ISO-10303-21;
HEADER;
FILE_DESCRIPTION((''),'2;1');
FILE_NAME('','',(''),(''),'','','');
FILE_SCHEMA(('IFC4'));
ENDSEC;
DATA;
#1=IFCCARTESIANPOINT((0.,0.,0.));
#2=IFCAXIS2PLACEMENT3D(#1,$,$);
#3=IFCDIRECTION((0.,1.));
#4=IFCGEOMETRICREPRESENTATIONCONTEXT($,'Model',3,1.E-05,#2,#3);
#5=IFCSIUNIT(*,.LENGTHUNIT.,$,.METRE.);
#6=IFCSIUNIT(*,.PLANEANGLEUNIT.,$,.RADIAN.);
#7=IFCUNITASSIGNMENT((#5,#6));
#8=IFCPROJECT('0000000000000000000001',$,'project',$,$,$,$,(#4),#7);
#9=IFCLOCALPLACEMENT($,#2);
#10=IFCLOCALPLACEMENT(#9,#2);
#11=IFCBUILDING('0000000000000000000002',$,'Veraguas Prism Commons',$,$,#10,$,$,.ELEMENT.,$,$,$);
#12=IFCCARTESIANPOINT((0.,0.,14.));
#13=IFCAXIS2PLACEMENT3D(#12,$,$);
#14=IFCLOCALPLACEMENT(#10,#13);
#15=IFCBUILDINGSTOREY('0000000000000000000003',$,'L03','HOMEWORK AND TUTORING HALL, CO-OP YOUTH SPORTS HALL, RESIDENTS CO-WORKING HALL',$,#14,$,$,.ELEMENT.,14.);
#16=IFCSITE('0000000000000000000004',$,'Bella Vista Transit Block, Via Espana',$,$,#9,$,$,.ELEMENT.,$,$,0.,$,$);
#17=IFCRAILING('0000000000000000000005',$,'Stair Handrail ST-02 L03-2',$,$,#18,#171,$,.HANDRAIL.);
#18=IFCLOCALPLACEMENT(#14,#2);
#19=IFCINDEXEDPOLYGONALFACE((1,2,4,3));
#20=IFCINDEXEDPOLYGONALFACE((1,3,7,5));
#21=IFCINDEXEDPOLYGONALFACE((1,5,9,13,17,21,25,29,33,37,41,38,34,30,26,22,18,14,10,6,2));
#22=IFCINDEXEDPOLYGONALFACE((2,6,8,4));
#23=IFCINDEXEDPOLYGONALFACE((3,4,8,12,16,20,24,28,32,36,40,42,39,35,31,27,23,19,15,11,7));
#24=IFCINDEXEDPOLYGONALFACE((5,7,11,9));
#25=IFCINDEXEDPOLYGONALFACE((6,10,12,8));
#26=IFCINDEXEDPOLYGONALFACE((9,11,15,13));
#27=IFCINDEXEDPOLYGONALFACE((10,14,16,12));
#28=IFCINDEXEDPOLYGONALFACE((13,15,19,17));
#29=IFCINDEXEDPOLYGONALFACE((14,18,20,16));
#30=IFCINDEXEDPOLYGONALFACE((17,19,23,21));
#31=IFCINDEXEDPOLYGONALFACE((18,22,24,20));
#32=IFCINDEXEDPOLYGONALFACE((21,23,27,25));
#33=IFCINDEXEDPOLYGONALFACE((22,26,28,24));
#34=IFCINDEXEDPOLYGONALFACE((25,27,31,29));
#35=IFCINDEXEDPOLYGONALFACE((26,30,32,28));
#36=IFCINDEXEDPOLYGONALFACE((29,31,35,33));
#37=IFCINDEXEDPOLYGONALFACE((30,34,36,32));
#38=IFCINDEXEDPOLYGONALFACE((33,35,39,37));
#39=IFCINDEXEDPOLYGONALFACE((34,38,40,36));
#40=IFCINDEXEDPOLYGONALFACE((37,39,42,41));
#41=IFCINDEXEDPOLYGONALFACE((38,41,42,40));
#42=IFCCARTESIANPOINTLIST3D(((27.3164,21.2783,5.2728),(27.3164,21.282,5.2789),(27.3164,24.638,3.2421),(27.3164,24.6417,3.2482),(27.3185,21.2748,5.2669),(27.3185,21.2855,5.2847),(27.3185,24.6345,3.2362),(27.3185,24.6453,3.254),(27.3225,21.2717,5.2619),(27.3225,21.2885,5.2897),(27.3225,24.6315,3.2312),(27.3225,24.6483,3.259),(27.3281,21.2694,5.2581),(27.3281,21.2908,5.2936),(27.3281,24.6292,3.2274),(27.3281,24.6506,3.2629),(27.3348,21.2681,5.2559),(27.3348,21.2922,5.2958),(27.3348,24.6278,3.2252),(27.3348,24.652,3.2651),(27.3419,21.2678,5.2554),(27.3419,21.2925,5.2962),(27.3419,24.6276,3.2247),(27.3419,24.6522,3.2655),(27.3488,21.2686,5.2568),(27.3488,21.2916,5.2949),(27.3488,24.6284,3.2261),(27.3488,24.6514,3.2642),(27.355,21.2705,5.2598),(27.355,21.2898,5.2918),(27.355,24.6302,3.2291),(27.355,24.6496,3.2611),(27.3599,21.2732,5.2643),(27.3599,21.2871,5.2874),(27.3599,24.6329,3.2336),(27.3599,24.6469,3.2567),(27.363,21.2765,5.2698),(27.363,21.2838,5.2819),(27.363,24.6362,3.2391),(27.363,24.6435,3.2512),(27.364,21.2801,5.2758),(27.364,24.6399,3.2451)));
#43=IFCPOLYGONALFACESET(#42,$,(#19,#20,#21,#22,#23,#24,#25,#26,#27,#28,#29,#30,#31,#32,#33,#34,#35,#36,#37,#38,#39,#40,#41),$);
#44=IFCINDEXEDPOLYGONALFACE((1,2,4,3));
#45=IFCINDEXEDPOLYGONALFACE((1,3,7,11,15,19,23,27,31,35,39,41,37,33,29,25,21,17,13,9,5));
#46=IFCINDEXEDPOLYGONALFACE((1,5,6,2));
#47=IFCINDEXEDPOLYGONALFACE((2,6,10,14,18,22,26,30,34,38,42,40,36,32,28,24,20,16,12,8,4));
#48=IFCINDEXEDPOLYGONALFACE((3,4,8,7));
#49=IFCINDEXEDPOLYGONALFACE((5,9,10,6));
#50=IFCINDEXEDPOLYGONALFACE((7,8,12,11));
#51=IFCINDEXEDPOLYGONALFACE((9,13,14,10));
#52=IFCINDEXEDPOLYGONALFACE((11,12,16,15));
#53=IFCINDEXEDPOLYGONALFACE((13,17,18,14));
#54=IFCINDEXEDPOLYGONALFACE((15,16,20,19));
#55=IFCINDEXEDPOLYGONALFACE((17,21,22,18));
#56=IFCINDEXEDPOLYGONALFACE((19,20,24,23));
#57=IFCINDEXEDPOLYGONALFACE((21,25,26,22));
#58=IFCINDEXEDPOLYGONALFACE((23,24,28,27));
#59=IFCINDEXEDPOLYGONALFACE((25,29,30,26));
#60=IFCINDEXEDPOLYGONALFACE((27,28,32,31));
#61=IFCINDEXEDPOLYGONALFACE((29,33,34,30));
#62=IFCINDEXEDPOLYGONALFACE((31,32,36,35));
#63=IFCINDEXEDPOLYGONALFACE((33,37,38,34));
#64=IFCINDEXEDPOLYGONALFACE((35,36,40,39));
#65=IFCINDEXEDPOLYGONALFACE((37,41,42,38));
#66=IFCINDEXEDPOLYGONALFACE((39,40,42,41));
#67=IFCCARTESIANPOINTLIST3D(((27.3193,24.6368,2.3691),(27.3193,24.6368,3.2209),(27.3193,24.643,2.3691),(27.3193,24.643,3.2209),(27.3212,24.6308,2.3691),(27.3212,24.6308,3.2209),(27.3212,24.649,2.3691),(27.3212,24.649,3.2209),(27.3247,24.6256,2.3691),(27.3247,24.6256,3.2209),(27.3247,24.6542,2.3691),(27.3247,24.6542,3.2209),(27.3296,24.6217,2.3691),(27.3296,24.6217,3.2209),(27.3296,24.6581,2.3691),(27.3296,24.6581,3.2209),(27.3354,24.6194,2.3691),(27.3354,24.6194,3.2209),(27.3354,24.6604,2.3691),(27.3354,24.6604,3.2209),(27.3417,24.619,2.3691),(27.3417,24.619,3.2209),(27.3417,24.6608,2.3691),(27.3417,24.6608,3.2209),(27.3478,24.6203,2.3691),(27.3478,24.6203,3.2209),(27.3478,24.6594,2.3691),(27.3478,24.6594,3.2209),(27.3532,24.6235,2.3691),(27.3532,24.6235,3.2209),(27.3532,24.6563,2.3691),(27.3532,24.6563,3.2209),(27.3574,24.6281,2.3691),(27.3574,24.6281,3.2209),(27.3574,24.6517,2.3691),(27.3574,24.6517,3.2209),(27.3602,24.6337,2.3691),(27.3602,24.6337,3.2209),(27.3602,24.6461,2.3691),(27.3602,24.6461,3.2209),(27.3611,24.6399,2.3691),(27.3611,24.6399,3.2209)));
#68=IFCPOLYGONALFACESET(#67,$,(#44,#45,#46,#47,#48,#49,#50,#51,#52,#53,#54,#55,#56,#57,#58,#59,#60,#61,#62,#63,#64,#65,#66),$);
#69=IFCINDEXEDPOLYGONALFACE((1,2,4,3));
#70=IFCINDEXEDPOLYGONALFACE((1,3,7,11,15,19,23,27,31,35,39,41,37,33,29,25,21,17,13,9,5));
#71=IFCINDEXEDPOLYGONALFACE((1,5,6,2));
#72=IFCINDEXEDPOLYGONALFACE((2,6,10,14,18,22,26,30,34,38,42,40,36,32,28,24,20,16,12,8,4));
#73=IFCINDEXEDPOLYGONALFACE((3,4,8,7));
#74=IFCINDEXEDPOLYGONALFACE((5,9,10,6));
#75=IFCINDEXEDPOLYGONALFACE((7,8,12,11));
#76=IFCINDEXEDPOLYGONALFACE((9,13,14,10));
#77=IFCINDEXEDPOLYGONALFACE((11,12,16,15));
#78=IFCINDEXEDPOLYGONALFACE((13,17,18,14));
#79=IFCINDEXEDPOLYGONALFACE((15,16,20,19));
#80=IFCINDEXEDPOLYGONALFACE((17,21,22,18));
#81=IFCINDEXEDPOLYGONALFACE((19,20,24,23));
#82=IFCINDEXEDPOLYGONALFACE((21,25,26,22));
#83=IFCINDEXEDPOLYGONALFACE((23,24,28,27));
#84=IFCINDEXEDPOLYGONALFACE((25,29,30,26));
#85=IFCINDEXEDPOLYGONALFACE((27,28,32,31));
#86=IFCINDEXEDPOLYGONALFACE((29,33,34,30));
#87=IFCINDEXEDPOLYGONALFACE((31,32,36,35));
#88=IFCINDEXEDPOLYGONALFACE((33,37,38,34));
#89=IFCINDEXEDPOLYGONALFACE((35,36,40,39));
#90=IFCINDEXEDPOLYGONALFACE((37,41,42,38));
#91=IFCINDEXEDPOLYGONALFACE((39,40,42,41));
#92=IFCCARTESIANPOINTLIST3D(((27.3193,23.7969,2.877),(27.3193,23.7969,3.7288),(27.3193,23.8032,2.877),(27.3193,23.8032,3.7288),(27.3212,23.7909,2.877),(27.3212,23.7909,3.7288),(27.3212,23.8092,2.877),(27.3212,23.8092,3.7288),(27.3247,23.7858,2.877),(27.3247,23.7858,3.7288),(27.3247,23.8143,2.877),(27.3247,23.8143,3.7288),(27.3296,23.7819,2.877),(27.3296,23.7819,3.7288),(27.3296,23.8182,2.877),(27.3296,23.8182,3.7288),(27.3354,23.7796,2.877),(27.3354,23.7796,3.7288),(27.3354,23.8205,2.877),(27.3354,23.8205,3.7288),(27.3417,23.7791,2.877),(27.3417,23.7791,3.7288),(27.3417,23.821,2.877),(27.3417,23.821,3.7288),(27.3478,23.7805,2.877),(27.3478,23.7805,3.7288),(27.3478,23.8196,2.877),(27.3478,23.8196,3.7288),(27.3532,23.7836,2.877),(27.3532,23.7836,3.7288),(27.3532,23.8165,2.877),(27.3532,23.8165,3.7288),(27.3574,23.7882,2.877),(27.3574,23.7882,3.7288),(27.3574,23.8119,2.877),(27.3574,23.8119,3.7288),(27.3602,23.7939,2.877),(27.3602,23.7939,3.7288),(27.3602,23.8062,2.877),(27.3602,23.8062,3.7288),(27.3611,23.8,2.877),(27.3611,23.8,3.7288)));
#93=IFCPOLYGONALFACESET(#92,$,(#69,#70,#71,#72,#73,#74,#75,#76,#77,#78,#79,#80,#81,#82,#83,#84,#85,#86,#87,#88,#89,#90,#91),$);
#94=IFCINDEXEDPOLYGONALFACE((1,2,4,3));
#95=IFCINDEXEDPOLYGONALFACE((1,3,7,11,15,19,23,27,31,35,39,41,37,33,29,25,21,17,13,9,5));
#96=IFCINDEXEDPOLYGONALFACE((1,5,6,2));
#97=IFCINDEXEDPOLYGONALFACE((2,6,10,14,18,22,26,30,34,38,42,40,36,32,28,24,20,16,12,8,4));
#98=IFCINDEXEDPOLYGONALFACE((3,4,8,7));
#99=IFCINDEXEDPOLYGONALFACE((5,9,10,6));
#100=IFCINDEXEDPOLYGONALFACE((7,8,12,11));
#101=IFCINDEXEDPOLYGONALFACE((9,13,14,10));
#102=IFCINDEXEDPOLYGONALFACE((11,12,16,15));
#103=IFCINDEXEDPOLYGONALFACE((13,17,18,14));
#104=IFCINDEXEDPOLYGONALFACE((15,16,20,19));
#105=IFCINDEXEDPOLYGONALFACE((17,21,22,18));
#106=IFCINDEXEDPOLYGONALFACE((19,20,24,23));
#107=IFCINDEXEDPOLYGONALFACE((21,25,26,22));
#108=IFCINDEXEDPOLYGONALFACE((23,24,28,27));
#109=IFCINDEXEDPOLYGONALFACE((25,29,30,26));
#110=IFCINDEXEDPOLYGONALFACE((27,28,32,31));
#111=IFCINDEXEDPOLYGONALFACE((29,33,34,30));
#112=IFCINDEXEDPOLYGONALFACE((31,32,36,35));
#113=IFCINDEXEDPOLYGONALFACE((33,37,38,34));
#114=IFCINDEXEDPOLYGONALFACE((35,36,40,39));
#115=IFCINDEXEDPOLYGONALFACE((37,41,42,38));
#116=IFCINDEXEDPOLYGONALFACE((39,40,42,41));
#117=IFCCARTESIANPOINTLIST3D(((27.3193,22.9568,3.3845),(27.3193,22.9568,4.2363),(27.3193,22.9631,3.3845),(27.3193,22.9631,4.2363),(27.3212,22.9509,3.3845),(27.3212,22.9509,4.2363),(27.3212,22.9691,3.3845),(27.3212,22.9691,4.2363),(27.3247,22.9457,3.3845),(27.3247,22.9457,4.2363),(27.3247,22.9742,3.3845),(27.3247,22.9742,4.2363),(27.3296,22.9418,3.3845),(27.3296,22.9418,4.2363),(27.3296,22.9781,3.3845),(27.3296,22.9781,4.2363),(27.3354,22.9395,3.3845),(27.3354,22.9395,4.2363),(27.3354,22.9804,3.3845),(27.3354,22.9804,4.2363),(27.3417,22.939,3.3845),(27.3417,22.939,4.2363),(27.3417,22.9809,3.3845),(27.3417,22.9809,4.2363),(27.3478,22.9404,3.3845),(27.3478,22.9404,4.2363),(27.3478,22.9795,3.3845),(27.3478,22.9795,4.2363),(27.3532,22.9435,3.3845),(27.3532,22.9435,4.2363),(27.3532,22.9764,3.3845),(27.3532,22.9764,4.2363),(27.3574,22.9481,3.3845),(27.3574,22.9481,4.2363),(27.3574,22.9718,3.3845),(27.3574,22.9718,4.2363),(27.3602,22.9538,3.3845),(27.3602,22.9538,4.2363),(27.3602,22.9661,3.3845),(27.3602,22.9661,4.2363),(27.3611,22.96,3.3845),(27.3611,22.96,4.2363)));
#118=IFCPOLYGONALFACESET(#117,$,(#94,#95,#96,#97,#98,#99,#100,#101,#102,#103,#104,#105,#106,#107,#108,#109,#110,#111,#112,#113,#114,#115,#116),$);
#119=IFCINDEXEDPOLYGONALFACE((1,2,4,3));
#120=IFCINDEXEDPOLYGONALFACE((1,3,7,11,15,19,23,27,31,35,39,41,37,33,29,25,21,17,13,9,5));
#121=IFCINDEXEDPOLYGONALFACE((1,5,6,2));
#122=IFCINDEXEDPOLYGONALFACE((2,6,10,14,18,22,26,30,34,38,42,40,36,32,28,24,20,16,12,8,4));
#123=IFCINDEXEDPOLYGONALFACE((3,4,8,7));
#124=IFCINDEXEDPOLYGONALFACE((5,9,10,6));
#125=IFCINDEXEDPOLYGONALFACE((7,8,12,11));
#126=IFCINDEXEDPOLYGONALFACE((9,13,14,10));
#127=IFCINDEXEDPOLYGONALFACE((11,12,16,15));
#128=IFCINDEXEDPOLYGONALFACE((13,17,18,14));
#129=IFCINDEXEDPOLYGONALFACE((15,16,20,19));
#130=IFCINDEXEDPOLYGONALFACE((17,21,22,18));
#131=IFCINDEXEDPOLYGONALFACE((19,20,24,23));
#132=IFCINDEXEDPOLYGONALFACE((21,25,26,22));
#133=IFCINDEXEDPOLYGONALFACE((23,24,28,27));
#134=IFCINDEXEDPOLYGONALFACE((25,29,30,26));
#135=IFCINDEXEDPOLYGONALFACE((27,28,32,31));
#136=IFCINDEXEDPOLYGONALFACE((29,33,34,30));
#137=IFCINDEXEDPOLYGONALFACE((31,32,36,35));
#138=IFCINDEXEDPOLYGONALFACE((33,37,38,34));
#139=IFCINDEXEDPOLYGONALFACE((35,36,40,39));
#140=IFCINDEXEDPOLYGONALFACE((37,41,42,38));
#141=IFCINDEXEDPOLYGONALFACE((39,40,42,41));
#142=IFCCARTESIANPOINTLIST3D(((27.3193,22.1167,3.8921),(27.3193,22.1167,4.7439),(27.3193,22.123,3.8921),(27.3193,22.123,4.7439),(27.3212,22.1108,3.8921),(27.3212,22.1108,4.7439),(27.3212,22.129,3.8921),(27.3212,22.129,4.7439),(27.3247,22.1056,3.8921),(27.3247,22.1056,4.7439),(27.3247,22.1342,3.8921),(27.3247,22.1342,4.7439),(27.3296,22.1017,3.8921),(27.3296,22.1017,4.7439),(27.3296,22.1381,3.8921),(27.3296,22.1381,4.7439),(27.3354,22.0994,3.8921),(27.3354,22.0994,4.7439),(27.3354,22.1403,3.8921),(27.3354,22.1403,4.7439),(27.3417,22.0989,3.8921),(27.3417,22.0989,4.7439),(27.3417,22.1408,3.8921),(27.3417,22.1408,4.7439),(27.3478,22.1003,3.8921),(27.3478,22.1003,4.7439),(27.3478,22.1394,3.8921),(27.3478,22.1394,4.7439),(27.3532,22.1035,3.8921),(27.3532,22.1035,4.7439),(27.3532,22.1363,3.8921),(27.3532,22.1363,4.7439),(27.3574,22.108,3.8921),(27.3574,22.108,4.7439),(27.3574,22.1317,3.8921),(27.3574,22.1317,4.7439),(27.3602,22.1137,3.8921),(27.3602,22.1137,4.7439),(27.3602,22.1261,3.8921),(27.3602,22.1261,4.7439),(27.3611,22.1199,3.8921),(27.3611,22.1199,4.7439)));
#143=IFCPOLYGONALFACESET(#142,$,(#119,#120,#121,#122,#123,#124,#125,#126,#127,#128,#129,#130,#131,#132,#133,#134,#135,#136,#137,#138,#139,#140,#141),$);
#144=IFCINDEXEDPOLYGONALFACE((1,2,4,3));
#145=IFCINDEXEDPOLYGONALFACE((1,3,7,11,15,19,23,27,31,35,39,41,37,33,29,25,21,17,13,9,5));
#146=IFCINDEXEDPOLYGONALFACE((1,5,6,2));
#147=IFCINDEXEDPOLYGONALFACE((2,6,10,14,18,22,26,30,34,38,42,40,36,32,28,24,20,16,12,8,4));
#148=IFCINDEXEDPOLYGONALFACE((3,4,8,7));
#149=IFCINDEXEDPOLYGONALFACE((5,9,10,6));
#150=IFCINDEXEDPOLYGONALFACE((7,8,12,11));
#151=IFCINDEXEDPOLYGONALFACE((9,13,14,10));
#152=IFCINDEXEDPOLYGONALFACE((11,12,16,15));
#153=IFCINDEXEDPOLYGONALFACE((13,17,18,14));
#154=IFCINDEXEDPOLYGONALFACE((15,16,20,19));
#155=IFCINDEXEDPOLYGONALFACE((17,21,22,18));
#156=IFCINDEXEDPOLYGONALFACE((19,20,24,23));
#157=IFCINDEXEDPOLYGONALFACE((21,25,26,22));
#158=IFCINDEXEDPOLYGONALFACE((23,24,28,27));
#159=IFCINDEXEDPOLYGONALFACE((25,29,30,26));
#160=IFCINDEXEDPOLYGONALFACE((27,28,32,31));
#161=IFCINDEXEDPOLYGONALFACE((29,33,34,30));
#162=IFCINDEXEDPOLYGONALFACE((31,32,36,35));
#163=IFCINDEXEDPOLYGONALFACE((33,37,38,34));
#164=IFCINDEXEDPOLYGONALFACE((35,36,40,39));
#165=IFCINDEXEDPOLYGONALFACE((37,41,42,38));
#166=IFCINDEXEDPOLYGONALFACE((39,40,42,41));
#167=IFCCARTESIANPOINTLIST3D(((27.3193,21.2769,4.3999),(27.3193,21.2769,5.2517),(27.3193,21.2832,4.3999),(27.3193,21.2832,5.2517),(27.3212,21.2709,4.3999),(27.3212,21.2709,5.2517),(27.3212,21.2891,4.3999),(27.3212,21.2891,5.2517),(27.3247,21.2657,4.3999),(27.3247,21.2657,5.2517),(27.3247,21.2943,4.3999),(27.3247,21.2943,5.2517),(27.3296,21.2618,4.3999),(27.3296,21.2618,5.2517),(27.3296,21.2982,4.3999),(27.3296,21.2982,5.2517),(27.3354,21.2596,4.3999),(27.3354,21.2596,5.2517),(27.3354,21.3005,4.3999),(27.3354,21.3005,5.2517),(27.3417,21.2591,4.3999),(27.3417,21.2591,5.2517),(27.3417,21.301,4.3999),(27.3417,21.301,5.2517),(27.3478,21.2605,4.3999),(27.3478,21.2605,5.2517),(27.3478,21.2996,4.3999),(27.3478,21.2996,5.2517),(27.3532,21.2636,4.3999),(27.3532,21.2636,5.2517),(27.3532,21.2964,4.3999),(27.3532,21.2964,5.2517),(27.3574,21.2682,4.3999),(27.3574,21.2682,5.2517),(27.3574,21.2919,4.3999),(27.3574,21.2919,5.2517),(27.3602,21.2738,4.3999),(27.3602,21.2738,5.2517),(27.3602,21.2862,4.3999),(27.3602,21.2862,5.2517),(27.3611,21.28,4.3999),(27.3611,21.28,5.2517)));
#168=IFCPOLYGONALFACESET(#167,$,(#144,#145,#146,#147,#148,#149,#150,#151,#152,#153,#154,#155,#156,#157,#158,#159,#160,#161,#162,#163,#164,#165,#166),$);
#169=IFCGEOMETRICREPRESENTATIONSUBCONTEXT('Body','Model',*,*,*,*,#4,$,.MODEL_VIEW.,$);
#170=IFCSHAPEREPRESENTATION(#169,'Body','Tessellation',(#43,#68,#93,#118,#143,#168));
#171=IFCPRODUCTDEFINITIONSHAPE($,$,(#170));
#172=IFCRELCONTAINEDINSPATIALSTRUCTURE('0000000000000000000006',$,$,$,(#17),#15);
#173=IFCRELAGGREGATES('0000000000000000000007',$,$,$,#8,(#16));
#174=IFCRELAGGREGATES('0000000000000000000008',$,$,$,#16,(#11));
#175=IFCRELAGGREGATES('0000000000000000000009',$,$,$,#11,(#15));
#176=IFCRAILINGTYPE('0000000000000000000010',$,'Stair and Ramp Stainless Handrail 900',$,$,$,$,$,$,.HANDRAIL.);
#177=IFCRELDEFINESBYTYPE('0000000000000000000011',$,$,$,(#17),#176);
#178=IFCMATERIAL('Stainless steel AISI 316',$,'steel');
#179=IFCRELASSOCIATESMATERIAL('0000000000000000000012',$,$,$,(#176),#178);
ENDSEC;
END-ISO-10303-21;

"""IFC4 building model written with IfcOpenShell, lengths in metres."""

from ifc_helpers import new_model, si_unit, direction, frame, origin, origin_2d, place, context, subcontext, project, spatial, circle, extrude, material, type_object, element, save


model = new_model("IFC4")

# Units and contexts
model_context = context("Model", 3, precision=1e-05, world=origin(), true_north=direction((0.0, 1.0)))
body_context = subcontext(model_context, "Body", "Model", "MODEL_VIEW")
ifc_project = project(units=[si_unit("LENGTHUNIT", "METRE"), si_unit("PLANEANGLEUNIT", "RADIAN")], contexts=[model_context])

# Site, building, storey
site_placement = place(None, origin())
site = spatial("IfcSite", under=ifc_project, at=site_placement, Name="Bella Vista Transit Block, Via Espana", CompositionType="ELEMENT", RefElevation=0.0)
building_placement = place(site_placement, origin())
building = spatial("IfcBuilding", under=site, at=building_placement, Name="Veraguas Prism Commons", CompositionType="ELEMENT")
storey_placement = place(building_placement, frame((0.0, 0.0, 14.0)))
storey = spatial("IfcBuildingStorey", under=building, at=storey_placement, Name="L03", Description="HOMEWORK AND TUTORING HALL, CO-OP YOUTH SPORTS HALL, RESIDENTS CO-WORKING HALL", CompositionType="ELEMENT", Elevation=14.0)

# Railing
ifc_material_1 = material(Name="Stainless steel AISI 316", Category="steel")
railing_type_1 = type_object("IfcRailingType", Name="Stair and Ramp Stainless Handrail 900", PredefinedType="HANDRAIL", material=ifc_material_1)
railing_1_placement = place(storey_placement, frame((27.3401, 24.6399, 2.3691)))
element("IfcRailing", 1, at=railing_1_placement, inside=storey, type_object=railing_type_1, Name="Stair Handrail ST-02 L03-2", PredefinedType="HANDRAIL", context=body_context, shape_type="SweptSolid", body=[
    extrude(circle(Radius=0.0239, at=origin_2d()), frame((0.0, 0.0, 0.876), z_axis=(0.0, -0.85582, 0.517273), x_axis=(1.0, 0.0, 0.0)), (0.0, 0.0, 1.0), 3.9258),
    extrude(circle(Radius=0.021, at=origin_2d()), origin(), (0.0, 0.0, 1.0), 0.8518),
    extrude(circle(Radius=0.021, at=origin_2d()), frame((0.0, -0.8398, 0.5078)), (0.0, 0.0, 1.0), 0.8518),
    extrude(circle(Radius=0.021, at=origin_2d()), frame((0.0, -1.6799, 1.0154)), (0.0, 0.0, 1.0), 0.8518),
    extrude(circle(Radius=0.021, at=origin_2d()), frame((0.0, -2.52, 1.5229)), (0.0, 0.0, 1.0), 0.8518),
    extrude(circle(Radius=0.021, at=origin_2d()), frame((0.0, -3.3599, 2.0308)), (0.0, 0.0, 1.0), 0.8518),
])

save(model, "model.ifc")
